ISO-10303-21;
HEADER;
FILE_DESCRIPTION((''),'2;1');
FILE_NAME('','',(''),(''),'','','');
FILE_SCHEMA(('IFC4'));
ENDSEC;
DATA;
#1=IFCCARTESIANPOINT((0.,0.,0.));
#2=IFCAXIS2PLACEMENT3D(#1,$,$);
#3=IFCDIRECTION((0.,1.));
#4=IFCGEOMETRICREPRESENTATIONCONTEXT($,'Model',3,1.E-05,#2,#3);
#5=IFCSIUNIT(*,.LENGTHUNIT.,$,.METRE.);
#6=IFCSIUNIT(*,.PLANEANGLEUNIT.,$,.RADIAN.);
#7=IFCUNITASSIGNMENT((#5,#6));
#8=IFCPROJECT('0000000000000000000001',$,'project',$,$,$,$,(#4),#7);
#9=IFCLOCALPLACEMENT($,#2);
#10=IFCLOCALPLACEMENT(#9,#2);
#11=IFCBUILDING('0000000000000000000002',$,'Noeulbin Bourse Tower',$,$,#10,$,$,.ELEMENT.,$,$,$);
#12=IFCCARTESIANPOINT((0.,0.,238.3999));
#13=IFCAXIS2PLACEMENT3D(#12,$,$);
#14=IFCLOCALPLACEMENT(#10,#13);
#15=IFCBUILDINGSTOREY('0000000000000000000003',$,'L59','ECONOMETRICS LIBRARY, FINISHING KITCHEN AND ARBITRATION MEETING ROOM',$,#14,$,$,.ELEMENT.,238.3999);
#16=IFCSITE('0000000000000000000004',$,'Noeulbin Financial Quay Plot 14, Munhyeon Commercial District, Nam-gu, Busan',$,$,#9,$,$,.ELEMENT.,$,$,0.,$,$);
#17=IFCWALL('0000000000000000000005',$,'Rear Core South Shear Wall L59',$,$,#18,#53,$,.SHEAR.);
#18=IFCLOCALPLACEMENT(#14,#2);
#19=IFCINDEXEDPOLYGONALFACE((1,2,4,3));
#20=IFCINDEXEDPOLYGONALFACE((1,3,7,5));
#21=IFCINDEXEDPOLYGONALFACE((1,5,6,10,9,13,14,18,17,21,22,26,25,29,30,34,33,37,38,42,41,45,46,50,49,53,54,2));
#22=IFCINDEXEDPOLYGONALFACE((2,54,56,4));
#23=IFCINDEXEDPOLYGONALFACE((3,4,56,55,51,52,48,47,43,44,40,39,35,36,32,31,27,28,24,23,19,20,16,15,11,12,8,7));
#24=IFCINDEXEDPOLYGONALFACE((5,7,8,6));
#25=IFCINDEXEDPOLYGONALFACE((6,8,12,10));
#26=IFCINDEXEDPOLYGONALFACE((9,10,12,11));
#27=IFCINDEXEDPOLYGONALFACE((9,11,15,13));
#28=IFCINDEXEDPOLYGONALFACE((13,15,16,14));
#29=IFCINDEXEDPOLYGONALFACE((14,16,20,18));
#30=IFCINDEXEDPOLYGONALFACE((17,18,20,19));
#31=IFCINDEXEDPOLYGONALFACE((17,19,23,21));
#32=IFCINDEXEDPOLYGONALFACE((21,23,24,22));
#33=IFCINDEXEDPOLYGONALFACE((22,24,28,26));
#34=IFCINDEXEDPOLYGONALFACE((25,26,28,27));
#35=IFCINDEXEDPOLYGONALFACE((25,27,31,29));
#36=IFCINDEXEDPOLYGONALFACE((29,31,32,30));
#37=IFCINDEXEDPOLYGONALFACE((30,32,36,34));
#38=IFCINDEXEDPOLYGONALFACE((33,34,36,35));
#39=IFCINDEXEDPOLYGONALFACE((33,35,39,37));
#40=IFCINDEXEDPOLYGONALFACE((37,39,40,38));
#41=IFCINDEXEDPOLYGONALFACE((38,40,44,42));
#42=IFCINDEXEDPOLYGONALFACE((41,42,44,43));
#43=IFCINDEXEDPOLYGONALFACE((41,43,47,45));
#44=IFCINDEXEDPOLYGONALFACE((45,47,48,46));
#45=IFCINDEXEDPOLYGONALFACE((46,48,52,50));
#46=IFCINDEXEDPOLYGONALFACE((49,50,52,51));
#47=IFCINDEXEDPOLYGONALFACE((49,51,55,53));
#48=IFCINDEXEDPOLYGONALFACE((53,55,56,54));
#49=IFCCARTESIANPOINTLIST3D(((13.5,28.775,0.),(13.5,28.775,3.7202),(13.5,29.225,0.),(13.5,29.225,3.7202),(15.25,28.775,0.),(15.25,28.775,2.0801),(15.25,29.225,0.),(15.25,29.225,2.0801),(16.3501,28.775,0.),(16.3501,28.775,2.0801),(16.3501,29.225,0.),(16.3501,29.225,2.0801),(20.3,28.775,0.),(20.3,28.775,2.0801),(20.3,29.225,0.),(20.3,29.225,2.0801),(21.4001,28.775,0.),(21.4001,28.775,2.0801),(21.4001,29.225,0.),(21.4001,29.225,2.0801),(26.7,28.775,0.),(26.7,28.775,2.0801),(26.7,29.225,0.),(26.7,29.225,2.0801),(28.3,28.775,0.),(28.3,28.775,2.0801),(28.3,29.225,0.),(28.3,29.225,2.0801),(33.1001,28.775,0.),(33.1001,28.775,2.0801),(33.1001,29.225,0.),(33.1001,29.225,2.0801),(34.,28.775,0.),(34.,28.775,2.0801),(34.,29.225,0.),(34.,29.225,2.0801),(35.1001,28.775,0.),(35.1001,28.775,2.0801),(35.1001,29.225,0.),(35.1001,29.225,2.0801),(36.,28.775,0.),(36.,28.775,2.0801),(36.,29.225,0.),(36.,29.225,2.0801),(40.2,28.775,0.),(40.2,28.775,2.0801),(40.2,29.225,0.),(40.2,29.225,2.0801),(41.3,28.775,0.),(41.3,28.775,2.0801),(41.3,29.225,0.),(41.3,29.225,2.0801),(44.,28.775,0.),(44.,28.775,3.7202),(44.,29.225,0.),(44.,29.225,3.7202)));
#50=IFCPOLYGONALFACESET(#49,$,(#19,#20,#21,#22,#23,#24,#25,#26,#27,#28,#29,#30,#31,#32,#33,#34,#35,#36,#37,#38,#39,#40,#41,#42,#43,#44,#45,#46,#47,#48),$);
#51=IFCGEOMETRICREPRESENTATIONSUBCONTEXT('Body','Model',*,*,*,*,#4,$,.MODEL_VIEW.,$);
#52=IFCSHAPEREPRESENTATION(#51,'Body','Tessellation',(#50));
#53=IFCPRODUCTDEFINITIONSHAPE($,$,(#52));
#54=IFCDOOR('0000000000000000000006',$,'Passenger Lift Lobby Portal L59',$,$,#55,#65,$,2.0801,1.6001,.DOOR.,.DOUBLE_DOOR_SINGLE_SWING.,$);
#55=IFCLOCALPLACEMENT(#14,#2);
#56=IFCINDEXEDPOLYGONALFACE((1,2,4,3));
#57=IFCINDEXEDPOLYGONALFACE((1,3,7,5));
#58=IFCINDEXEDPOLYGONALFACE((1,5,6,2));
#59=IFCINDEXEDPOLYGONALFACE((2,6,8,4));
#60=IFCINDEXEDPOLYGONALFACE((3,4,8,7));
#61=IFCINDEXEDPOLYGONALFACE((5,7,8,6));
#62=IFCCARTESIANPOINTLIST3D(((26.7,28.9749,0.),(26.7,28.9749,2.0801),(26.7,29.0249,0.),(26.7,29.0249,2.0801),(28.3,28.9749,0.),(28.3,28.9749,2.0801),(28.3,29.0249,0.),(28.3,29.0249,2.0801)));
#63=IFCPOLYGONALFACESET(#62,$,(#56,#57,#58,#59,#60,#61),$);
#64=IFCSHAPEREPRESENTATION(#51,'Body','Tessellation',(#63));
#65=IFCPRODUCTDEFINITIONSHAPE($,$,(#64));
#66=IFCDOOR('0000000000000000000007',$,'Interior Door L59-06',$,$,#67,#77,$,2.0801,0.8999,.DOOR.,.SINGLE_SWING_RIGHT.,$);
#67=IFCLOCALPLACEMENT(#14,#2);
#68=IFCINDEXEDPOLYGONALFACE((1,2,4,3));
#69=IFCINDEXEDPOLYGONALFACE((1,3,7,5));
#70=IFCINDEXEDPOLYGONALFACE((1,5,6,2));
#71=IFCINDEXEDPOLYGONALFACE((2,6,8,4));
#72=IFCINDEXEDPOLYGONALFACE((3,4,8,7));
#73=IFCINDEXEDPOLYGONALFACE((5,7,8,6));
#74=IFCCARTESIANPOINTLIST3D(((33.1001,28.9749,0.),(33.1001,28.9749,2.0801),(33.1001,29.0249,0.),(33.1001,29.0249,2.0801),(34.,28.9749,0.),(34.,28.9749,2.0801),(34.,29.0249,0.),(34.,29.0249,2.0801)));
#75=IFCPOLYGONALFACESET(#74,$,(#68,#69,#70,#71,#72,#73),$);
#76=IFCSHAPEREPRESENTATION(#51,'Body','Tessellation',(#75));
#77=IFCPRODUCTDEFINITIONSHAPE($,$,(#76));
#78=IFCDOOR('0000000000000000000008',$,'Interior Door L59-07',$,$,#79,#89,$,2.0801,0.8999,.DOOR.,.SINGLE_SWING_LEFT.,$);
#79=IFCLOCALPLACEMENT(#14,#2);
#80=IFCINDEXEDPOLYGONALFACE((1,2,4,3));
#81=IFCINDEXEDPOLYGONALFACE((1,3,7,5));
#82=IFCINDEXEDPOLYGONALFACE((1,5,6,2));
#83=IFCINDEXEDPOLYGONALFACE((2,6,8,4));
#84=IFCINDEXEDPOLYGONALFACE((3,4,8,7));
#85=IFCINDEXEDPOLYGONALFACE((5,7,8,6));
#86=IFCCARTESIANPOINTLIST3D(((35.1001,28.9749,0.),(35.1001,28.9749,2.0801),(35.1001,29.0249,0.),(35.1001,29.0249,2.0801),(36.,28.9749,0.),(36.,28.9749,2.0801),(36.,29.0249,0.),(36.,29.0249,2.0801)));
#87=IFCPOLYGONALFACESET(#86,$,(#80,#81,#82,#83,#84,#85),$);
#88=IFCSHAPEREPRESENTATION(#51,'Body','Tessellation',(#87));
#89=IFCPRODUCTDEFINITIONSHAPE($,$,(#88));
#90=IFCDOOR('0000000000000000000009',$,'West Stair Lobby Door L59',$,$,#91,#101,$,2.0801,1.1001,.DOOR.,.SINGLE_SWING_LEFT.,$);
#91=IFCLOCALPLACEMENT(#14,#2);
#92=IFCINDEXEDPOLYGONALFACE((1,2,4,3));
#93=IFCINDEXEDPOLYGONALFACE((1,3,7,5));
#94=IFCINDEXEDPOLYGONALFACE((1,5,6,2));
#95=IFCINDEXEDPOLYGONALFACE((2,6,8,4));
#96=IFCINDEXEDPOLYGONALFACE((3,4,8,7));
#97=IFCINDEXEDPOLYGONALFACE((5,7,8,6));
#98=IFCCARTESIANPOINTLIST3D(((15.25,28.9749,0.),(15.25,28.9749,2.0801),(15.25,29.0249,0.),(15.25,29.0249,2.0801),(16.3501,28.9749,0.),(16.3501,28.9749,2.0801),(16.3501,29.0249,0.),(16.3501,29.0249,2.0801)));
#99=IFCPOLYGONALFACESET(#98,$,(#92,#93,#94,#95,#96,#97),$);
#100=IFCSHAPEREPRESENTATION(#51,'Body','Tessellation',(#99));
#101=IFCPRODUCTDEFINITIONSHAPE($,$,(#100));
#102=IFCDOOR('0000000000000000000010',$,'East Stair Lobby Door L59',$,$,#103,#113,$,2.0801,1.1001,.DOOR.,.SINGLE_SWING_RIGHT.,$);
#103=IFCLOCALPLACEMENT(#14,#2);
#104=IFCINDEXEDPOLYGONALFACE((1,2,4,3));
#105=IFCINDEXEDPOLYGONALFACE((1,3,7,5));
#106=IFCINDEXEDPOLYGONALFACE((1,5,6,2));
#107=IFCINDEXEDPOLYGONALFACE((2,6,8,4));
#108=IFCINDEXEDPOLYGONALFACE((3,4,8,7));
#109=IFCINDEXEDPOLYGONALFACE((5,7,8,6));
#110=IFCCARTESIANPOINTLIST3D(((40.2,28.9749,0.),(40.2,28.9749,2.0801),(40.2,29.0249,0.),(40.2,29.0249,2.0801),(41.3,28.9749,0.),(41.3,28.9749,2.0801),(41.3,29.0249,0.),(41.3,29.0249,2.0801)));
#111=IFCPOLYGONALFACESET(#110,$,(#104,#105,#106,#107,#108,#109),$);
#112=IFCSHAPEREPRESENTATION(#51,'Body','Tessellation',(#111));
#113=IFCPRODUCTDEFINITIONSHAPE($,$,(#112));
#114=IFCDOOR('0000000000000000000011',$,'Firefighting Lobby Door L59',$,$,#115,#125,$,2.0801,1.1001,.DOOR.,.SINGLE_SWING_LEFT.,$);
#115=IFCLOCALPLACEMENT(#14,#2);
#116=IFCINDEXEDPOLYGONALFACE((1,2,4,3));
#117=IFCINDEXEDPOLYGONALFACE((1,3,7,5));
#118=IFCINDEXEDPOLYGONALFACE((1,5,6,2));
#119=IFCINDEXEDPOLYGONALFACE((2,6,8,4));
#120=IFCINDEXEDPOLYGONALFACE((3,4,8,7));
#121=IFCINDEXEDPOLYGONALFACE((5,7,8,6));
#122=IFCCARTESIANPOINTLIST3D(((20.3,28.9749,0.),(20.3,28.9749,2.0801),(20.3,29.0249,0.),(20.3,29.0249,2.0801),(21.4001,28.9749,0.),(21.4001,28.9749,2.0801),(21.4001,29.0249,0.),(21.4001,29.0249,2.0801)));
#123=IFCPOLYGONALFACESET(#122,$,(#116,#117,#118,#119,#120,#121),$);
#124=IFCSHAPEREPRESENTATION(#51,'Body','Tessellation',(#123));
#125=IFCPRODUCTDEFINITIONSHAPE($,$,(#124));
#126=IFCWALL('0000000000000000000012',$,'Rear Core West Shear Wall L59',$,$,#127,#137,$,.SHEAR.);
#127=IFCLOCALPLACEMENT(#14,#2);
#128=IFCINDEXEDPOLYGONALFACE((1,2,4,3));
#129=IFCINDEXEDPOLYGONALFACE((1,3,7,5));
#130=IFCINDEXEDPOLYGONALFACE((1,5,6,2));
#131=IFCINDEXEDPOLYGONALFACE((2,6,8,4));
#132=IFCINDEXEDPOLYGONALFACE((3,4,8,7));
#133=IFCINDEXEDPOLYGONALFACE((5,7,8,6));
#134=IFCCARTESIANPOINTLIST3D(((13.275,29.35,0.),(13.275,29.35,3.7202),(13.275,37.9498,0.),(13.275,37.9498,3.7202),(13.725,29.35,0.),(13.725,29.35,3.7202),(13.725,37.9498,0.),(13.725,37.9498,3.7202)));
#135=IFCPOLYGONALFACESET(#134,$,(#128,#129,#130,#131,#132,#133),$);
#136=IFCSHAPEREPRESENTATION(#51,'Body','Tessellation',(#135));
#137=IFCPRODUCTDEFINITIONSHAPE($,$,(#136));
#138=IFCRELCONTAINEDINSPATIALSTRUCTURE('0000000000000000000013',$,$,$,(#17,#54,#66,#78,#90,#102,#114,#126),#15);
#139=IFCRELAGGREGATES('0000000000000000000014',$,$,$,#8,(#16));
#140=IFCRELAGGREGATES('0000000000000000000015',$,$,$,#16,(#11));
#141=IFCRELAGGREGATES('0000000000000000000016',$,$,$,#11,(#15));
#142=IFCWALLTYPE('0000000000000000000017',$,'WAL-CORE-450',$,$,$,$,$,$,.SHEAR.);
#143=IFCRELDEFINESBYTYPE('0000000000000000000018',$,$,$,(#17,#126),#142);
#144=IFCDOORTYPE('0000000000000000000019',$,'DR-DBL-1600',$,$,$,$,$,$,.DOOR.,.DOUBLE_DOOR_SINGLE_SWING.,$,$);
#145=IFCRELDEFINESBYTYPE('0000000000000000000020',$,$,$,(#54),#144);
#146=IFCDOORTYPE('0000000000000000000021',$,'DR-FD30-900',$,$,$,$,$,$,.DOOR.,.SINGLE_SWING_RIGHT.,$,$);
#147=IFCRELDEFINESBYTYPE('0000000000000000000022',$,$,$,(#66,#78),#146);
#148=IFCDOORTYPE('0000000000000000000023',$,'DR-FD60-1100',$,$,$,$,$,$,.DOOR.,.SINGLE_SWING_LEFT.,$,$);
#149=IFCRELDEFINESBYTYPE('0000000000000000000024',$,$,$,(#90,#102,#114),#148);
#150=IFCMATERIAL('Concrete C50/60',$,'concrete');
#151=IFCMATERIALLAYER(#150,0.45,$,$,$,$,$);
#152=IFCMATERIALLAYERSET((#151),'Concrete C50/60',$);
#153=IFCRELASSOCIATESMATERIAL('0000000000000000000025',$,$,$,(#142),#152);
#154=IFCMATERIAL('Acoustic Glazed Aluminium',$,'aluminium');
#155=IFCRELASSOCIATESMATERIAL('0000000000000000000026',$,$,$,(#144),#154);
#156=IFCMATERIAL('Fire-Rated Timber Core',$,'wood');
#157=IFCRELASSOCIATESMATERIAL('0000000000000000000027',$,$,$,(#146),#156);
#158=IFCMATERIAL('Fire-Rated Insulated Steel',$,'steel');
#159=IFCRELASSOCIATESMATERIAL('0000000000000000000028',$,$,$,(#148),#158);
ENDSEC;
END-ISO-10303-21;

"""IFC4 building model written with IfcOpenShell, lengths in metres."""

from ifc_helpers import new_model, si_unit, direction, frame, frame_2d, origin, place, context, subcontext, project, spatial, rectangle, extrude, material, layer, layer_set, type_object, element, fill, save


model = new_model("IFC4")

# Units and contexts
model_context = context("Model", 3, precision=1e-05, world=origin(), true_north=direction((0.0, 1.0)))
body_context = subcontext(model_context, "Body", "Model", "MODEL_VIEW")
ifc_project = project(units=[si_unit("LENGTHUNIT", "METRE"), si_unit("PLANEANGLEUNIT", "RADIAN")], contexts=[model_context])

# Site, building, storey
site_placement = place(None, origin())
site = spatial("IfcSite", under=ifc_project, at=site_placement, Name="Noeulbin Financial Quay Plot 14, Munhyeon Commercial District, Nam-gu, Busan", CompositionType="ELEMENT", RefElevation=0.0)
building_placement = place(site_placement, origin())
building = spatial("IfcBuilding", under=site, at=building_placement, Name="Noeulbin Bourse Tower", CompositionType="ELEMENT")
storey_placement = place(building_placement, frame((0.0, 0.0, 238.3999)))
storey = spatial("IfcBuildingStorey", under=building, at=storey_placement, Name="L59", Description="ECONOMETRICS LIBRARY, FINISHING KITCHEN AND ARBITRATION MEETING ROOM", CompositionType="ELEMENT", Elevation=238.3999)

# Wall, openings, doors
ifc_material_1 = material(Name="Concrete C50/60", Category="concrete")
ifc_layer_1 = layer(ifc_material_1, 0.45)
ifc_layer_set_1 = layer_set([ifc_layer_1], Name="Concrete C50/60")
wall_type_1 = type_object("IfcWallType", Name="WAL-CORE-450", PredefinedType="SHEAR", material=ifc_layer_set_1)
wall_1_placement = place(storey_placement, frame((13.5, 29.0, 0.0), z_axis=(0.0, 0.0, 1.0), x_axis=(1.0, 0.0, 0.0)))
wall_1 = element("IfcWall", 1, at=wall_1_placement, inside=storey, type_object=wall_type_1, Name="Rear Core South Shear Wall L59", PredefinedType="SHEAR", context=body_context, shape_type="SweptSolid", body=[
    extrude(rectangle(XDim=30.5, YDim=0.45, at=frame_2d((15.25, 0.0))), origin(), (0.0, 0.0, 1.0), 3.7202),
])
opening_1_placement = place(wall_1_placement, frame((1.75, 0.0, 0.0)))
opening_1 = element("IfcOpeningElement", 2, at=opening_1_placement, cuts=wall_1, PredefinedType="OPENING", context=body_context, shape_type="SweptSolid", body=[
    extrude(rectangle(XDim=1.1001, YDim=2.0801, at=frame_2d((0.55, 1.04))), frame((0.0, 0.2349, 0.0), z_axis=(0.0, -1.0, 0.0), x_axis=(1.0, 0.0, 0.0)), (0.0, 0.0, 1.0), 0.47),
])
opening_2_placement = place(wall_1_placement, frame((26.7, 0.0, 0.0)))
opening_2 = element("IfcOpeningElement", 3, at=opening_2_placement, cuts=wall_1, PredefinedType="OPENING", context=body_context, shape_type="SweptSolid", body=[
    extrude(rectangle(XDim=1.1001, YDim=2.0801, at=frame_2d((0.55, 1.04))), frame((0.0, 0.2349, 0.0), z_axis=(0.0, -1.0, 0.0), x_axis=(1.0, 0.0, 0.0)), (0.0, 0.0, 1.0), 0.47),
])
opening_3_placement = place(wall_1_placement, frame((6.8, 0.0, 0.0)))
opening_3 = element("IfcOpeningElement", 4, at=opening_3_placement, cuts=wall_1, PredefinedType="OPENING", context=body_context, shape_type="SweptSolid", body=[
    extrude(rectangle(XDim=1.1001, YDim=2.0801, at=frame_2d((0.55, 1.04))), frame((0.0, 0.2349, 0.0), z_axis=(0.0, -1.0, 0.0), x_axis=(1.0, 0.0, 0.0)), (0.0, 0.0, 1.0), 0.47),
])
opening_4_placement = place(wall_1_placement, frame((13.2, 0.0, 0.0)))
opening_4 = element("IfcOpeningElement", 5, at=opening_4_placement, cuts=wall_1, PredefinedType="OPENING", context=body_context, shape_type="SweptSolid", body=[
    extrude(rectangle(XDim=1.6001, YDim=2.0801, at=frame_2d((0.8, 1.04))), frame((0.0, 0.2349, 0.0), z_axis=(0.0, -1.0, 0.0), x_axis=(1.0, 0.0, 0.0)), (0.0, 0.0, 1.0), 0.47),
])
opening_5_placement = place(wall_1_placement, frame((19.6001, 0.0, 0.0)))
opening_5 = element("IfcOpeningElement", 6, at=opening_5_placement, cuts=wall_1, PredefinedType="OPENING", context=body_context, shape_type="SweptSolid", body=[
    extrude(rectangle(XDim=0.8999, YDim=2.0801, at=frame_2d((0.45, 1.04))), frame((0.0, 0.2349, 0.0), z_axis=(0.0, -1.0, 0.0), x_axis=(1.0, 0.0, 0.0)), (0.0, 0.0, 1.0), 0.47),
])
opening_6_placement = place(wall_1_placement, frame((21.6001, 0.0, 0.0)))
opening_6 = element("IfcOpeningElement", 7, at=opening_6_placement, cuts=wall_1, PredefinedType="OPENING", context=body_context, shape_type="SweptSolid", body=[
    extrude(rectangle(XDim=0.8999, YDim=2.0801, at=frame_2d((0.45, 1.04))), frame((0.0, 0.2349, 0.0), z_axis=(0.0, -1.0, 0.0), x_axis=(1.0, 0.0, 0.0)), (0.0, 0.0, 1.0), 0.47),
])
ifc_material_2 = material(Name="Acoustic Glazed Aluminium", Category="aluminium")
door_type_1 = type_object("IfcDoorType", Name="DR-DBL-1600", OperationType="DOUBLE_DOOR_SINGLE_SWING", PredefinedType="DOOR", material=ifc_material_2)
door_1_placement = place(opening_4_placement, origin())
door_1 = element("IfcDoor", 8, at=door_1_placement, inside=storey, type_object=door_type_1, Name="Passenger Lift Lobby Portal L59", OperationType="DOUBLE_DOOR_SINGLE_SWING", OverallHeight=2.0801, OverallWidth=1.6001, PredefinedType="DOOR", context=body_context, shape_type="SweptSolid", body=[
    extrude(rectangle(XDim=1.6001, YDim=2.0801, at=frame_2d((0.8, 1.04))), frame((0.0, 0.0249, 0.0), z_axis=(0.0, -1.0, 0.0), x_axis=(1.0, 0.0, 0.0)), (0.0, 0.0, 1.0), 0.05),
])
fill(opening_4, door_1)
ifc_material_3 = material(Name="Fire-Rated Timber Core", Category="wood")
door_type_2 = type_object("IfcDoorType", Name="DR-FD30-900", OperationType="SINGLE_SWING_RIGHT", PredefinedType="DOOR", material=ifc_material_3)
door_2_placement = place(opening_5_placement, origin())
door_2 = element("IfcDoor", 9, at=door_2_placement, inside=storey, type_object=door_type_2, Name="Interior Door L59-06", OperationType="SINGLE_SWING_RIGHT", OverallHeight=2.0801, OverallWidth=0.8999, PredefinedType="DOOR", context=body_context, shape_type="SweptSolid", body=[
    extrude(rectangle(XDim=0.8999, YDim=2.0801, at=frame_2d((0.45, 1.04))), frame((0.0, 0.0249, 0.0), z_axis=(0.0, -1.0, 0.0), x_axis=(1.0, 0.0, 0.0)), (0.0, 0.0, 1.0), 0.05),
])
fill(opening_5, door_2)
door_3_placement = place(opening_6_placement, origin())
door_3 = element("IfcDoor", 10, at=door_3_placement, inside=storey, type_object=door_type_2, Name="Interior Door L59-07", OperationType="SINGLE_SWING_LEFT", OverallHeight=2.0801, OverallWidth=0.8999, PredefinedType="DOOR", context=body_context, shape_type="SweptSolid", body=[
    extrude(rectangle(XDim=0.8999, YDim=2.0801, at=frame_2d((0.45, 1.04))), frame((0.0, 0.0249, 0.0), z_axis=(0.0, -1.0, 0.0), x_axis=(1.0, 0.0, 0.0)), (0.0, 0.0, 1.0), 0.05),
])
fill(opening_6, door_3)
ifc_material_4 = material(Name="Fire-Rated Insulated Steel", Category="steel")
door_type_3 = type_object("IfcDoorType", Name="DR-FD60-1100", OperationType="SINGLE_SWING_LEFT", PredefinedType="DOOR", material=ifc_material_4)
door_4_placement = place(opening_1_placement, origin())
door_4 = element("IfcDoor", 11, at=door_4_placement, inside=storey, type_object=door_type_3, Name="West Stair Lobby Door L59", OperationType="SINGLE_SWING_LEFT", OverallHeight=2.0801, OverallWidth=1.1001, PredefinedType="DOOR", context=body_context, shape_type="SweptSolid", body=[
    extrude(rectangle(XDim=1.1001, YDim=2.0801, at=frame_2d((0.55, 1.04))), frame((0.0, 0.0249, 0.0), z_axis=(0.0, -1.0, 0.0), x_axis=(1.0, 0.0, 0.0)), (0.0, 0.0, 1.0), 0.05),
])
fill(opening_1, door_4)
door_5_placement = place(opening_2_placement, origin())
door_5 = element("IfcDoor", 12, at=door_5_placement, inside=storey, type_object=door_type_3, Name="East Stair Lobby Door L59", OperationType="SINGLE_SWING_RIGHT", OverallHeight=2.0801, OverallWidth=1.1001, PredefinedType="DOOR", context=body_context, shape_type="SweptSolid", body=[
    extrude(rectangle(XDim=1.1001, YDim=2.0801, at=frame_2d((0.55, 1.04))), frame((0.0, 0.0249, 0.0), z_axis=(0.0, -1.0, 0.0), x_axis=(1.0, 0.0, 0.0)), (0.0, 0.0, 1.0), 0.05),
])
fill(opening_2, door_5)
door_6_placement = place(opening_3_placement, origin())
door_6 = element("IfcDoor", 13, at=door_6_placement, inside=storey, type_object=door_type_3, Name="Firefighting Lobby Door L59", OperationType="SINGLE_SWING_LEFT", OverallHeight=2.0801, OverallWidth=1.1001, PredefinedType="DOOR", context=body_context, shape_type="SweptSolid", body=[
    extrude(rectangle(XDim=1.1001, YDim=2.0801, at=frame_2d((0.55, 1.04))), frame((0.0, 0.0249, 0.0), z_axis=(0.0, -1.0, 0.0), x_axis=(1.0, 0.0, 0.0)), (0.0, 0.0, 1.0), 0.05),
])
fill(opening_3, door_6)

# Wall
wall_2_placement = place(storey_placement, frame((13.5, 29.3501, 0.0), z_axis=(0.0, 0.0, 1.0), x_axis=(0.0, 1.0, 0.0)))
element("IfcWall", 14, at=wall_2_placement, inside=storey, type_object=wall_type_1, Name="Rear Core West Shear Wall L59", PredefinedType="SHEAR", context=body_context, shape_type="SweptSolid", body=[
    extrude(rectangle(XDim=8.5999, YDim=0.45, at=frame_2d((4.2998, 0.0))), origin(), (0.0, 0.0, 1.0), 3.7202),
])

save(model, "model.ifc")
